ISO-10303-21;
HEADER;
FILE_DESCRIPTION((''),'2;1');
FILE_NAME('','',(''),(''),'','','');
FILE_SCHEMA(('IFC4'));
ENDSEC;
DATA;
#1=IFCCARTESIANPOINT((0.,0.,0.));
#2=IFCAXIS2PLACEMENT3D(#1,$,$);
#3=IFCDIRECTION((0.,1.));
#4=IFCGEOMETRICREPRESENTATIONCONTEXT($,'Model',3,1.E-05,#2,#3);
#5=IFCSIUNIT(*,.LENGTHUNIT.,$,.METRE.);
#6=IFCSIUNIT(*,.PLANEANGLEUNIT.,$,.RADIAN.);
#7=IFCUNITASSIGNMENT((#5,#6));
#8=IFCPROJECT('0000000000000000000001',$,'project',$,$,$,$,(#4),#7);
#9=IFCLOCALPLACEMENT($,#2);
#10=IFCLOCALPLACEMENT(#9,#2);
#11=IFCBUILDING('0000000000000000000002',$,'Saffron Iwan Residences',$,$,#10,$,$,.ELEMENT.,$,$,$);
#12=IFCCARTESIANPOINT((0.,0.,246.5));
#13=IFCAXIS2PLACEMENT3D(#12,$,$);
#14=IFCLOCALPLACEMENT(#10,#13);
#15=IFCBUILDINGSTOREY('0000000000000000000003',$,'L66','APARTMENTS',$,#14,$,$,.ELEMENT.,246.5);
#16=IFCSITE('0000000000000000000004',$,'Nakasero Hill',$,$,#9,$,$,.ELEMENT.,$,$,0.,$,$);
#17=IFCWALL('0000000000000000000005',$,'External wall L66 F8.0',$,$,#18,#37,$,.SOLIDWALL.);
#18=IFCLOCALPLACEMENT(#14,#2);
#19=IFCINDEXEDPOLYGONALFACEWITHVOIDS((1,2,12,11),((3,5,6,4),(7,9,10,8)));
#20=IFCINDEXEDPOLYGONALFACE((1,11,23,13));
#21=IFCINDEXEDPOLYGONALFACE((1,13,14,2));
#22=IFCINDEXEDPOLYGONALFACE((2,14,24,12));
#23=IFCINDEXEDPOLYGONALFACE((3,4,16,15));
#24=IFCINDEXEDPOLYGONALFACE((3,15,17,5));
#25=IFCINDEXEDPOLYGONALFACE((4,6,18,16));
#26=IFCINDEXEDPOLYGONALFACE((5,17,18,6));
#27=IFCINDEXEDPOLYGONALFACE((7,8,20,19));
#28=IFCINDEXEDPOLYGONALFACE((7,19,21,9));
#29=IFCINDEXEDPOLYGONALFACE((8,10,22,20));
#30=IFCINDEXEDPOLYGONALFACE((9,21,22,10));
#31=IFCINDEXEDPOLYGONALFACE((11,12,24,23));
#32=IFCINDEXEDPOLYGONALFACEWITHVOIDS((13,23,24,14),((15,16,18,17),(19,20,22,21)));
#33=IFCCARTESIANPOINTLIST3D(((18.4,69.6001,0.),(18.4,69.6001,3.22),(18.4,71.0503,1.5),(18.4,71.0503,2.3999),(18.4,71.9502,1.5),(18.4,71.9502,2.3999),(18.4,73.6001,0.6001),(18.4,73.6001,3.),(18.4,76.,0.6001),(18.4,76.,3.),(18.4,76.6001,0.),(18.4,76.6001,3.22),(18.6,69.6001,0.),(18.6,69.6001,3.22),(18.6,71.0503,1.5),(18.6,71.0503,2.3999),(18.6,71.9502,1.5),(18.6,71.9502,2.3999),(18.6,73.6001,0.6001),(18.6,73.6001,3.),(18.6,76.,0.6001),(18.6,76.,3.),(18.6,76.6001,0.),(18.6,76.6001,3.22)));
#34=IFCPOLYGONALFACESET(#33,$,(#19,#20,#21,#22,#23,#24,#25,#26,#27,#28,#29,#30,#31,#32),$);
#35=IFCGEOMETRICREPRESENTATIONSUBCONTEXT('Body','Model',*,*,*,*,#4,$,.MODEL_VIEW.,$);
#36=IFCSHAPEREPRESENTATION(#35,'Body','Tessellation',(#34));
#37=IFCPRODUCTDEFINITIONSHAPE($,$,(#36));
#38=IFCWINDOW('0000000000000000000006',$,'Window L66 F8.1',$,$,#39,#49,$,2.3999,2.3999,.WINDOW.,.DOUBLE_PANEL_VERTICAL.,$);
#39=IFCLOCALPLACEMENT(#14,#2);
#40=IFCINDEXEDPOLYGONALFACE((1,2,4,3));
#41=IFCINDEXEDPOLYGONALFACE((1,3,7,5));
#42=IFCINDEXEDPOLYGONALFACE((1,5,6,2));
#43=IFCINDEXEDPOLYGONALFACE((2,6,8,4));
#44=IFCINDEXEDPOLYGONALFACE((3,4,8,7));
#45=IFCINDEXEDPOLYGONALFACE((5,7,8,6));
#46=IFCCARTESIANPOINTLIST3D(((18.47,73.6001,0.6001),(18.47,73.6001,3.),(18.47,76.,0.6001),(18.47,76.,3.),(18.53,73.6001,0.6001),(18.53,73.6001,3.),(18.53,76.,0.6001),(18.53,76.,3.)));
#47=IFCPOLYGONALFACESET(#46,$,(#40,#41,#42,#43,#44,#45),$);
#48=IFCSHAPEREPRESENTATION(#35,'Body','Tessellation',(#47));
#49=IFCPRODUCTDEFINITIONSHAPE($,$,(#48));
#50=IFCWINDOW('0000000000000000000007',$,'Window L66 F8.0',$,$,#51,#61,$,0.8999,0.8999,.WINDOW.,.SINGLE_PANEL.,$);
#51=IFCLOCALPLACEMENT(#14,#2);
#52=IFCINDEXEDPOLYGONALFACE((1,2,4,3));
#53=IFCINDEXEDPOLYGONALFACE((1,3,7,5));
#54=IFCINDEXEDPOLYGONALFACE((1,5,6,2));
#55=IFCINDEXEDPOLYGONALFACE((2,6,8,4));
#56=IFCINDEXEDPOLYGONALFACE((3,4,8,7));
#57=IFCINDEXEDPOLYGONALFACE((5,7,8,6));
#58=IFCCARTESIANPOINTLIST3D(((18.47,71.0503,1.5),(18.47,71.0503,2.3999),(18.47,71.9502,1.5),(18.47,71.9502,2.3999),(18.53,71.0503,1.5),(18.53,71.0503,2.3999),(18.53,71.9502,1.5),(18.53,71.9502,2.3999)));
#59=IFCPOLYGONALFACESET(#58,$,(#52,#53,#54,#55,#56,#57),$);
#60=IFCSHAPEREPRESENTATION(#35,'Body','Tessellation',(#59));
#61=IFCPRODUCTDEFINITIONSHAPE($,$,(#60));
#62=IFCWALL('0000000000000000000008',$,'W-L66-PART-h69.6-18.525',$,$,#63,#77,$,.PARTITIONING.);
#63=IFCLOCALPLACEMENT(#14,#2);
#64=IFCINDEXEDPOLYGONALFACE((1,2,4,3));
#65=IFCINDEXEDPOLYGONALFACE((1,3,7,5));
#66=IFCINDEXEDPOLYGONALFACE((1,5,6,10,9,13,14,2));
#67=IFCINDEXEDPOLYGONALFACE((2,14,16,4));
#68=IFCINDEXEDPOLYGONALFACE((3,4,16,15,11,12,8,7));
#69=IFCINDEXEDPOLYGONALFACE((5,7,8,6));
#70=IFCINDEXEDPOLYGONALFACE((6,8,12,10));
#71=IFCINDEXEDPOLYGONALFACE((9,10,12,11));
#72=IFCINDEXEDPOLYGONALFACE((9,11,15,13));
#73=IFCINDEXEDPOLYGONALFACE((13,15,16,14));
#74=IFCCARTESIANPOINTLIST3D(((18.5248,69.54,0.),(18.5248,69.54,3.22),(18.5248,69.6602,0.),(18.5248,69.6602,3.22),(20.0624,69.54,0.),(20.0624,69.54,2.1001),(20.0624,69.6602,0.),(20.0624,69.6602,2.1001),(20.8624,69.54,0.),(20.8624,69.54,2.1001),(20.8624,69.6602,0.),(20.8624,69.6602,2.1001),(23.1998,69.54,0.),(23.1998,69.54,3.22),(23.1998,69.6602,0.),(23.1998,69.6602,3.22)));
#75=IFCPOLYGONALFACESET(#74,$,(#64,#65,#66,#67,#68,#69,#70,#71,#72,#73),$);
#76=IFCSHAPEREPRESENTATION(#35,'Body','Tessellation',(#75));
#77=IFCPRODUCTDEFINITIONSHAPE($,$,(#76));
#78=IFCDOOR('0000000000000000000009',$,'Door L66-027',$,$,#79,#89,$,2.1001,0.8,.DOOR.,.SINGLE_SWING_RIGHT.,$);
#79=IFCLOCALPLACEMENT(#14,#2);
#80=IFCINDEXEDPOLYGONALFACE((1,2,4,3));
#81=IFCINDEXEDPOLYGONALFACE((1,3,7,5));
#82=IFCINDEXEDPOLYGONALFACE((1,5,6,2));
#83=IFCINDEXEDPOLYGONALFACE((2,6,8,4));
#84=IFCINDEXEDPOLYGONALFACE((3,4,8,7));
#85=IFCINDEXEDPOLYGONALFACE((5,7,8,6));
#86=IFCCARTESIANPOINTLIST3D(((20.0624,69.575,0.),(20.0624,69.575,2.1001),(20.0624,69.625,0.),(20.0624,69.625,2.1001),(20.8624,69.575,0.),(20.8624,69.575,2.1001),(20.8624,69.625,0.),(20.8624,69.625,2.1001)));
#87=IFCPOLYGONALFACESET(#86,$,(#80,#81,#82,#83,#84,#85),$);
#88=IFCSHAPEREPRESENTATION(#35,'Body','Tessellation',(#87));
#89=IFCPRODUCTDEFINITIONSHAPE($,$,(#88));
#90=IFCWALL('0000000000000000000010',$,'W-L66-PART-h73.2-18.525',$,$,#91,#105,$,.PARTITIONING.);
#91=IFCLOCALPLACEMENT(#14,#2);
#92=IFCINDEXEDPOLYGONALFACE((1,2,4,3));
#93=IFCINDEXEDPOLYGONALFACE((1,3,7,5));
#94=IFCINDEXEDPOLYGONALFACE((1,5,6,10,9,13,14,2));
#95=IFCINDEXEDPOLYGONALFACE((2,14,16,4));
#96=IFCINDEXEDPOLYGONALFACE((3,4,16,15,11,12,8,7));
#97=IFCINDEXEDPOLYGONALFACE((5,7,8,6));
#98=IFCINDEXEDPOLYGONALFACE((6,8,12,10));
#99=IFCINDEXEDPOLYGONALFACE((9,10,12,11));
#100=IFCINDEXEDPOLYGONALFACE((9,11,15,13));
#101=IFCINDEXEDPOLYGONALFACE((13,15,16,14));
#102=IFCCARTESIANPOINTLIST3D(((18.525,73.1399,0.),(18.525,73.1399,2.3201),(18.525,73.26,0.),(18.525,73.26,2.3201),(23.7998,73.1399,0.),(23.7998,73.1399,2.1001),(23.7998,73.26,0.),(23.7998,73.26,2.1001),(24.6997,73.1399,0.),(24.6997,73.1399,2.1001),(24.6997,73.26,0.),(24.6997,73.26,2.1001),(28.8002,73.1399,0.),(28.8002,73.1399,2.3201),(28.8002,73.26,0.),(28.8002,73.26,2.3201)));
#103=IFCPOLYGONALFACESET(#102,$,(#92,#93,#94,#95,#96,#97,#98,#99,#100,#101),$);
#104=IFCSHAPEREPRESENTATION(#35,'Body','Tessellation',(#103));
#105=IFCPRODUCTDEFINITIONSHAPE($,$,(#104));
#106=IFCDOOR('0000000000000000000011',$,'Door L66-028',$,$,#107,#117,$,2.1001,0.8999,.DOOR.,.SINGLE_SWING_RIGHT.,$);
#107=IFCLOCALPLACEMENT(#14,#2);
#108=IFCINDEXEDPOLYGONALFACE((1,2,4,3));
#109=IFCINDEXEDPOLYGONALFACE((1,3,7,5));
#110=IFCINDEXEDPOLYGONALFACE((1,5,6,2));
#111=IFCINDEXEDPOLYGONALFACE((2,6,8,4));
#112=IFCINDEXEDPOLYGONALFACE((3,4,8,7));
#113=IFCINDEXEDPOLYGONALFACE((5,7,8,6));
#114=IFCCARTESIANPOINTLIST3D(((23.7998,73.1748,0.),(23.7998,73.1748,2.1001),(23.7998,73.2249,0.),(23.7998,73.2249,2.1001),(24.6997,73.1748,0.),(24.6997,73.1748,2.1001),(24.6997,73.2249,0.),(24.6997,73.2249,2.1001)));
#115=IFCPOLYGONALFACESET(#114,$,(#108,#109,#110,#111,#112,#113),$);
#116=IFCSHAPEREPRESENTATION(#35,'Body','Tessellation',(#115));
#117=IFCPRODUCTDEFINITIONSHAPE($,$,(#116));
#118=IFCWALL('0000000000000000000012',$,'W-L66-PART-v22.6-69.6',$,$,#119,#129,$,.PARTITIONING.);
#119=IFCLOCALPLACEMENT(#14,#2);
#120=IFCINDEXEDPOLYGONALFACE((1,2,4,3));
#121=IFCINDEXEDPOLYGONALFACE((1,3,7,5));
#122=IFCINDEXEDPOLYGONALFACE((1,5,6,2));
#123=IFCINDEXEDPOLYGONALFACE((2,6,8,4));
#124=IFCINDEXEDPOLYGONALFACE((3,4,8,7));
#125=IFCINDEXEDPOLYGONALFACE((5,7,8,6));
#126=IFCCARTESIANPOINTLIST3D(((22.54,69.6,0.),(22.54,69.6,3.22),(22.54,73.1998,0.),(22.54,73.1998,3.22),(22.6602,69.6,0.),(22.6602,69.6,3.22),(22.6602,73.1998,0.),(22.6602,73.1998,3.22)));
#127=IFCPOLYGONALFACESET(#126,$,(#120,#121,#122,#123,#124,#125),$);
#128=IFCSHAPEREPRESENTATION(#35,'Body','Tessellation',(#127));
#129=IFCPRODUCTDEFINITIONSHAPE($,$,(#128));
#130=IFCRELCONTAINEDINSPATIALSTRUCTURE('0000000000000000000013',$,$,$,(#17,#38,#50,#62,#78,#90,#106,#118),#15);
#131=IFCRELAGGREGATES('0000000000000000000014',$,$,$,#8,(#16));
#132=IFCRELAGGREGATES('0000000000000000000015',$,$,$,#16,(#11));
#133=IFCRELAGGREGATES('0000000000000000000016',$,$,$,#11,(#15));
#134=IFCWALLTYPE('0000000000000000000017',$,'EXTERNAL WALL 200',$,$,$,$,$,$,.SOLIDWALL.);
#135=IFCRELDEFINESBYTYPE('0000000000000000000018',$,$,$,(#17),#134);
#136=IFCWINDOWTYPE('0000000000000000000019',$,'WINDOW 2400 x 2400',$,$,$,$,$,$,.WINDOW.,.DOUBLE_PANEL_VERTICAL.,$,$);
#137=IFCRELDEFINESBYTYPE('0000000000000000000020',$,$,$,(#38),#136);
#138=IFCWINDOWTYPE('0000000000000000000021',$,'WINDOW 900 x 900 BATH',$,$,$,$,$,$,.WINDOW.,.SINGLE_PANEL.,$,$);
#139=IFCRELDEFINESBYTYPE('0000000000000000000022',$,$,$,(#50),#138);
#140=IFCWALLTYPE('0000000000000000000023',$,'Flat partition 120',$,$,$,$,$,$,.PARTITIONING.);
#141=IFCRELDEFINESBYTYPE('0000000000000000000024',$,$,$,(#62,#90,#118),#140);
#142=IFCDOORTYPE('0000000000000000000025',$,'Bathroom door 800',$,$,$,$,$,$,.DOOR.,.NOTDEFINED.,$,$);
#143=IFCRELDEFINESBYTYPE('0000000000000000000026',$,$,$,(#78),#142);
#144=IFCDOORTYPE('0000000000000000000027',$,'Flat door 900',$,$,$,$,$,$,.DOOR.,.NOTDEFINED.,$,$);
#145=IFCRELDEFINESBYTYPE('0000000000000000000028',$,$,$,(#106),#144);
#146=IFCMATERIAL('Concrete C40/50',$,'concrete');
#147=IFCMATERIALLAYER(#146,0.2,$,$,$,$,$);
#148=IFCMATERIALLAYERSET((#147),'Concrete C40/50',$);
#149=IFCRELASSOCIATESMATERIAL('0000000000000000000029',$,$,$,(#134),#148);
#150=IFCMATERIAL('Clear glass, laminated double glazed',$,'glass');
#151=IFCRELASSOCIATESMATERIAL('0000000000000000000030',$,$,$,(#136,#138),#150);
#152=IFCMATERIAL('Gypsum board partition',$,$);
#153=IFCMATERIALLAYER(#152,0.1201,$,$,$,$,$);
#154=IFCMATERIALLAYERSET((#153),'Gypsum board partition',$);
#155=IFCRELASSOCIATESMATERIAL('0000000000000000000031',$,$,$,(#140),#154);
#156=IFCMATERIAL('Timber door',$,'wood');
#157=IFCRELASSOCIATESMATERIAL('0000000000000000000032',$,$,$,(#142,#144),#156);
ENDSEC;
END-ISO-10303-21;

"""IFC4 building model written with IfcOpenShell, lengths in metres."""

from ifc_helpers import new_model, si_unit, direction, frame, frame_2d, origin, place, context, subcontext, project, spatial, rectangle, extrude, material, layer, layer_set, type_object, element, fill, save


model = new_model("IFC4")

# Units and contexts
model_context = context("Model", 3, precision=1e-05, world=origin(), true_north=direction((0.0, 1.0)))
body_context = subcontext(model_context, "Body", "Model", "MODEL_VIEW")
ifc_project = project(units=[si_unit("LENGTHUNIT", "METRE"), si_unit("PLANEANGLEUNIT", "RADIAN")], contexts=[model_context])

# Site, building, storey
site_placement = place(None, origin())
site = spatial("IfcSite", under=ifc_project, at=site_placement, Name="Nakasero Hill", CompositionType="ELEMENT", RefElevation=0.0)
building_placement = place(site_placement, origin())
building = spatial("IfcBuilding", under=site, at=building_placement, Name="Saffron Iwan Residences", CompositionType="ELEMENT")
storey_placement = place(building_placement, frame((0.0, 0.0, 246.5)))
storey = spatial("IfcBuildingStorey", under=building, at=storey_placement, Name="L66", Description="APARTMENTS", CompositionType="ELEMENT", Elevation=246.5)

# Shared definitions
ifc_material_1 = material(Name="Concrete C40/50", Category="concrete")

# Shared definitions
ifc_layer_1 = layer(ifc_material_1, 0.2)
ifc_layer_set_1 = layer_set([ifc_layer_1], Name="Concrete C40/50")
wall_type_1 = type_object("IfcWallType", Name="EXTERNAL WALL 200", PredefinedType="SOLIDWALL", material=ifc_layer_set_1)
ifc_material_2 = material(Name="Clear glass, laminated double glazed", Category="glass")
window_type_1 = type_object("IfcWindowType", Name="WINDOW 2400 x 2400", PartitioningType="DOUBLE_PANEL_VERTICAL", PredefinedType="WINDOW", material=ifc_material_2)

# Wall, openings, windows
wall_1_placement = place(storey_placement, frame((18.5, 76.6001, 0.0), z_axis=(0.0, 0.0, 1.0), x_axis=(0.0, -1.0, 0.0)))
wall_1 = element("IfcWall", 1, at=wall_1_placement, inside=storey, type_object=wall_type_1, Name="External wall L66 F8.0", PredefinedType="SOLIDWALL", context=body_context, shape_type="SweptSolid", body=[
    extrude(rectangle(XDim=7.0, YDim=0.2, at=frame_2d((3.5, 0.0))), origin(), (0.0, 0.0, 1.0), 3.22),
])
opening_1_placement = place(wall_1_placement, frame((4.6499, 0.0, 1.5)))
opening_1 = element("IfcOpeningElement", 2, at=opening_1_placement, cuts=wall_1, PredefinedType="OPENING", context=body_context, shape_type="SweptSolid", body=[
    extrude(rectangle(XDim=0.8999, YDim=0.8999, at=frame_2d((0.45, 0.45))), frame((0.0, 0.1099, 0.0), z_axis=(0.0, -1.0, 0.0), x_axis=(1.0, 0.0, 0.0)), (0.0, 0.0, 1.0), 0.22),
])
opening_2_placement = place(wall_1_placement, frame((0.6001, 0.0, 0.6001)))
opening_2 = element("IfcOpeningElement", 3, at=opening_2_placement, cuts=wall_1, PredefinedType="OPENING", context=body_context, shape_type="SweptSolid", body=[
    extrude(rectangle(XDim=2.3999, YDim=2.3999, at=frame_2d((1.2, 1.2))), frame((0.0, 0.1099, 0.0), z_axis=(0.0, -1.0, 0.0), x_axis=(1.0, 0.0, 0.0)), (0.0, 0.0, 1.0), 0.22),
])
window_1_placement = place(opening_2_placement, origin())
window_1 = element("IfcWindow", 4, at=window_1_placement, inside=storey, type_object=window_type_1, Name="Window L66 F8.1", OverallHeight=2.3999, OverallWidth=2.3999, PartitioningType="DOUBLE_PANEL_VERTICAL", PredefinedType="WINDOW", context=body_context, shape_type="SweptSolid", body=[
    extrude(rectangle(XDim=2.3999, YDim=2.3999, at=frame_2d((1.2, 1.2))), frame((0.0, 0.03, 0.0), z_axis=(0.0, -1.0, 0.0), x_axis=(1.0, 0.0, 0.0)), (0.0, 0.0, 1.0), 0.0601),
])
fill(opening_2, window_1)
window_type_2 = type_object("IfcWindowType", Name="WINDOW 900 x 900 BATH", PartitioningType="SINGLE_PANEL", PredefinedType="WINDOW", material=ifc_material_2)
window_2_placement = place(opening_1_placement, origin())
window_2 = element("IfcWindow", 5, at=window_2_placement, inside=storey, type_object=window_type_2, Name="Window L66 F8.0", OverallHeight=0.8999, OverallWidth=0.8999, PartitioningType="SINGLE_PANEL", PredefinedType="WINDOW", context=body_context, shape_type="SweptSolid", body=[
    extrude(rectangle(XDim=0.8999, YDim=0.8999, at=frame_2d((0.45, 0.45))), frame((0.0, 0.03, 0.0), z_axis=(0.0, -1.0, 0.0), x_axis=(1.0, 0.0, 0.0)), (0.0, 0.0, 1.0), 0.0601),
])
fill(opening_1, window_2)

# Walls, openings, doors
ifc_material_3 = material(Name="Gypsum board partition")
ifc_layer_2 = layer(ifc_material_3, 0.1201)
ifc_layer_set_2 = layer_set([ifc_layer_2], Name="Gypsum board partition")
wall_type_2 = type_object("IfcWallType", Name="Flat partition 120", PredefinedType="PARTITIONING", material=ifc_layer_set_2)
wall_2_placement = place(storey_placement, frame((18.5249, 69.6001, 0.0), z_axis=(0.0, 0.0, 1.0), x_axis=(1.0, 0.0, 0.0)))
wall_2 = element("IfcWall", 6, at=wall_2_placement, inside=storey, type_object=wall_type_2, Name="W-L66-PART-h69.6-18.525", PredefinedType="PARTITIONING", context=body_context, shape_type="SweptSolid", body=[
    extrude(rectangle(XDim=4.675, YDim=0.1201, at=frame_2d((2.3374, 0.0))), origin(), (0.0, 0.0, 1.0), 3.22),
])
opening_3_placement = place(wall_2_placement, frame((1.5376, 0.0, 0.0)))
opening_3 = element("IfcOpeningElement", 7, at=opening_3_placement, cuts=wall_2, PredefinedType="OPENING", context=body_context, shape_type="SweptSolid", body=[
    extrude(rectangle(XDim=0.8, YDim=2.1001, at=frame_2d((0.3999, 1.05))), frame((0.0, 0.0701, 0.0), z_axis=(0.0, -1.0, 0.0), x_axis=(1.0, 0.0, 0.0)), (0.0, 0.0, 1.0), 0.1401),
])
ifc_material_4 = material(Name="Timber door", Category="wood")
door_type_1 = type_object("IfcDoorType", Name="Bathroom door 800", OperationType="NOTDEFINED", PredefinedType="DOOR", material=ifc_material_4)
door_1_placement = place(opening_3_placement, origin())
door_1 = element("IfcDoor", 8, at=door_1_placement, inside=storey, type_object=door_type_1, Name="Door L66-027", OperationType="SINGLE_SWING_RIGHT", OverallHeight=2.1001, OverallWidth=0.8, PredefinedType="DOOR", context=body_context, shape_type="SweptSolid", body=[
    extrude(rectangle(XDim=0.8, YDim=2.1001, at=frame_2d((0.3999, 1.05))), frame((0.0, 0.0249, 0.0), z_axis=(0.0, -1.0, 0.0), x_axis=(1.0, 0.0, 0.0)), (0.0, 0.0, 1.0), 0.05),
])
fill(opening_3, door_1)
wall_3_placement = place(storey_placement, frame((18.5249, 73.2, 0.0), z_axis=(0.0, 0.0, 1.0), x_axis=(1.0, 0.0, 0.0)))
wall_3 = element("IfcWall", 9, at=wall_3_placement, inside=storey, type_object=wall_type_2, Name="W-L66-PART-h73.2-18.525", PredefinedType="PARTITIONING", context=body_context, shape_type="SweptSolid", body=[
    extrude(rectangle(XDim=10.2751, YDim=0.1201, at=frame_2d((5.1377, 0.0))), origin(), (0.0, 0.0, 1.0), 2.3201),
])
opening_4_placement = place(wall_3_placement, frame((5.2749, 0.0, 0.0)))
opening_4 = element("IfcOpeningElement", 10, at=opening_4_placement, cuts=wall_3, PredefinedType="OPENING", context=body_context, shape_type="SweptSolid", body=[
    extrude(rectangle(XDim=0.8999, YDim=2.1001, at=frame_2d((0.45, 1.05))), frame((0.0, 0.0701, 0.0), z_axis=(0.0, -1.0, 0.0), x_axis=(1.0, 0.0, 0.0)), (0.0, 0.0, 1.0), 0.1401),
])
door_type_2 = type_object("IfcDoorType", Name="Flat door 900", OperationType="NOTDEFINED", PredefinedType="DOOR", material=ifc_material_4)
door_2_placement = place(opening_4_placement, origin())
door_2 = element("IfcDoor", 11, at=door_2_placement, inside=storey, type_object=door_type_2, Name="Door L66-028", OperationType="SINGLE_SWING_RIGHT", OverallHeight=2.1001, OverallWidth=0.8999, PredefinedType="DOOR", context=body_context, shape_type="SweptSolid", body=[
    extrude(rectangle(XDim=0.8999, YDim=2.1001, at=frame_2d((0.45, 1.05))), frame((0.0, 0.0249, 0.0), z_axis=(0.0, -1.0, 0.0), x_axis=(1.0, 0.0, 0.0)), (0.0, 0.0, 1.0), 0.05),
])
fill(opening_4, door_2)

# Wall
wall_4_placement = place(storey_placement, frame((22.6001, 69.6001, 0.0), z_axis=(0.0, 0.0, 1.0), x_axis=(0.0, 1.0, 0.0)))
element("IfcWall", 12, at=wall_4_placement, inside=storey, type_object=wall_type_2, Name="W-L66-PART-v22.6-69.6", PredefinedType="PARTITIONING", context=body_context, shape_type="SweptSolid", body=[
    extrude(rectangle(XDim=3.5999, YDim=0.1201, at=frame_2d((1.7998, 0.0))), origin(), (0.0, 0.0, 1.0), 3.22),
])

save(model, "model.ifc")
